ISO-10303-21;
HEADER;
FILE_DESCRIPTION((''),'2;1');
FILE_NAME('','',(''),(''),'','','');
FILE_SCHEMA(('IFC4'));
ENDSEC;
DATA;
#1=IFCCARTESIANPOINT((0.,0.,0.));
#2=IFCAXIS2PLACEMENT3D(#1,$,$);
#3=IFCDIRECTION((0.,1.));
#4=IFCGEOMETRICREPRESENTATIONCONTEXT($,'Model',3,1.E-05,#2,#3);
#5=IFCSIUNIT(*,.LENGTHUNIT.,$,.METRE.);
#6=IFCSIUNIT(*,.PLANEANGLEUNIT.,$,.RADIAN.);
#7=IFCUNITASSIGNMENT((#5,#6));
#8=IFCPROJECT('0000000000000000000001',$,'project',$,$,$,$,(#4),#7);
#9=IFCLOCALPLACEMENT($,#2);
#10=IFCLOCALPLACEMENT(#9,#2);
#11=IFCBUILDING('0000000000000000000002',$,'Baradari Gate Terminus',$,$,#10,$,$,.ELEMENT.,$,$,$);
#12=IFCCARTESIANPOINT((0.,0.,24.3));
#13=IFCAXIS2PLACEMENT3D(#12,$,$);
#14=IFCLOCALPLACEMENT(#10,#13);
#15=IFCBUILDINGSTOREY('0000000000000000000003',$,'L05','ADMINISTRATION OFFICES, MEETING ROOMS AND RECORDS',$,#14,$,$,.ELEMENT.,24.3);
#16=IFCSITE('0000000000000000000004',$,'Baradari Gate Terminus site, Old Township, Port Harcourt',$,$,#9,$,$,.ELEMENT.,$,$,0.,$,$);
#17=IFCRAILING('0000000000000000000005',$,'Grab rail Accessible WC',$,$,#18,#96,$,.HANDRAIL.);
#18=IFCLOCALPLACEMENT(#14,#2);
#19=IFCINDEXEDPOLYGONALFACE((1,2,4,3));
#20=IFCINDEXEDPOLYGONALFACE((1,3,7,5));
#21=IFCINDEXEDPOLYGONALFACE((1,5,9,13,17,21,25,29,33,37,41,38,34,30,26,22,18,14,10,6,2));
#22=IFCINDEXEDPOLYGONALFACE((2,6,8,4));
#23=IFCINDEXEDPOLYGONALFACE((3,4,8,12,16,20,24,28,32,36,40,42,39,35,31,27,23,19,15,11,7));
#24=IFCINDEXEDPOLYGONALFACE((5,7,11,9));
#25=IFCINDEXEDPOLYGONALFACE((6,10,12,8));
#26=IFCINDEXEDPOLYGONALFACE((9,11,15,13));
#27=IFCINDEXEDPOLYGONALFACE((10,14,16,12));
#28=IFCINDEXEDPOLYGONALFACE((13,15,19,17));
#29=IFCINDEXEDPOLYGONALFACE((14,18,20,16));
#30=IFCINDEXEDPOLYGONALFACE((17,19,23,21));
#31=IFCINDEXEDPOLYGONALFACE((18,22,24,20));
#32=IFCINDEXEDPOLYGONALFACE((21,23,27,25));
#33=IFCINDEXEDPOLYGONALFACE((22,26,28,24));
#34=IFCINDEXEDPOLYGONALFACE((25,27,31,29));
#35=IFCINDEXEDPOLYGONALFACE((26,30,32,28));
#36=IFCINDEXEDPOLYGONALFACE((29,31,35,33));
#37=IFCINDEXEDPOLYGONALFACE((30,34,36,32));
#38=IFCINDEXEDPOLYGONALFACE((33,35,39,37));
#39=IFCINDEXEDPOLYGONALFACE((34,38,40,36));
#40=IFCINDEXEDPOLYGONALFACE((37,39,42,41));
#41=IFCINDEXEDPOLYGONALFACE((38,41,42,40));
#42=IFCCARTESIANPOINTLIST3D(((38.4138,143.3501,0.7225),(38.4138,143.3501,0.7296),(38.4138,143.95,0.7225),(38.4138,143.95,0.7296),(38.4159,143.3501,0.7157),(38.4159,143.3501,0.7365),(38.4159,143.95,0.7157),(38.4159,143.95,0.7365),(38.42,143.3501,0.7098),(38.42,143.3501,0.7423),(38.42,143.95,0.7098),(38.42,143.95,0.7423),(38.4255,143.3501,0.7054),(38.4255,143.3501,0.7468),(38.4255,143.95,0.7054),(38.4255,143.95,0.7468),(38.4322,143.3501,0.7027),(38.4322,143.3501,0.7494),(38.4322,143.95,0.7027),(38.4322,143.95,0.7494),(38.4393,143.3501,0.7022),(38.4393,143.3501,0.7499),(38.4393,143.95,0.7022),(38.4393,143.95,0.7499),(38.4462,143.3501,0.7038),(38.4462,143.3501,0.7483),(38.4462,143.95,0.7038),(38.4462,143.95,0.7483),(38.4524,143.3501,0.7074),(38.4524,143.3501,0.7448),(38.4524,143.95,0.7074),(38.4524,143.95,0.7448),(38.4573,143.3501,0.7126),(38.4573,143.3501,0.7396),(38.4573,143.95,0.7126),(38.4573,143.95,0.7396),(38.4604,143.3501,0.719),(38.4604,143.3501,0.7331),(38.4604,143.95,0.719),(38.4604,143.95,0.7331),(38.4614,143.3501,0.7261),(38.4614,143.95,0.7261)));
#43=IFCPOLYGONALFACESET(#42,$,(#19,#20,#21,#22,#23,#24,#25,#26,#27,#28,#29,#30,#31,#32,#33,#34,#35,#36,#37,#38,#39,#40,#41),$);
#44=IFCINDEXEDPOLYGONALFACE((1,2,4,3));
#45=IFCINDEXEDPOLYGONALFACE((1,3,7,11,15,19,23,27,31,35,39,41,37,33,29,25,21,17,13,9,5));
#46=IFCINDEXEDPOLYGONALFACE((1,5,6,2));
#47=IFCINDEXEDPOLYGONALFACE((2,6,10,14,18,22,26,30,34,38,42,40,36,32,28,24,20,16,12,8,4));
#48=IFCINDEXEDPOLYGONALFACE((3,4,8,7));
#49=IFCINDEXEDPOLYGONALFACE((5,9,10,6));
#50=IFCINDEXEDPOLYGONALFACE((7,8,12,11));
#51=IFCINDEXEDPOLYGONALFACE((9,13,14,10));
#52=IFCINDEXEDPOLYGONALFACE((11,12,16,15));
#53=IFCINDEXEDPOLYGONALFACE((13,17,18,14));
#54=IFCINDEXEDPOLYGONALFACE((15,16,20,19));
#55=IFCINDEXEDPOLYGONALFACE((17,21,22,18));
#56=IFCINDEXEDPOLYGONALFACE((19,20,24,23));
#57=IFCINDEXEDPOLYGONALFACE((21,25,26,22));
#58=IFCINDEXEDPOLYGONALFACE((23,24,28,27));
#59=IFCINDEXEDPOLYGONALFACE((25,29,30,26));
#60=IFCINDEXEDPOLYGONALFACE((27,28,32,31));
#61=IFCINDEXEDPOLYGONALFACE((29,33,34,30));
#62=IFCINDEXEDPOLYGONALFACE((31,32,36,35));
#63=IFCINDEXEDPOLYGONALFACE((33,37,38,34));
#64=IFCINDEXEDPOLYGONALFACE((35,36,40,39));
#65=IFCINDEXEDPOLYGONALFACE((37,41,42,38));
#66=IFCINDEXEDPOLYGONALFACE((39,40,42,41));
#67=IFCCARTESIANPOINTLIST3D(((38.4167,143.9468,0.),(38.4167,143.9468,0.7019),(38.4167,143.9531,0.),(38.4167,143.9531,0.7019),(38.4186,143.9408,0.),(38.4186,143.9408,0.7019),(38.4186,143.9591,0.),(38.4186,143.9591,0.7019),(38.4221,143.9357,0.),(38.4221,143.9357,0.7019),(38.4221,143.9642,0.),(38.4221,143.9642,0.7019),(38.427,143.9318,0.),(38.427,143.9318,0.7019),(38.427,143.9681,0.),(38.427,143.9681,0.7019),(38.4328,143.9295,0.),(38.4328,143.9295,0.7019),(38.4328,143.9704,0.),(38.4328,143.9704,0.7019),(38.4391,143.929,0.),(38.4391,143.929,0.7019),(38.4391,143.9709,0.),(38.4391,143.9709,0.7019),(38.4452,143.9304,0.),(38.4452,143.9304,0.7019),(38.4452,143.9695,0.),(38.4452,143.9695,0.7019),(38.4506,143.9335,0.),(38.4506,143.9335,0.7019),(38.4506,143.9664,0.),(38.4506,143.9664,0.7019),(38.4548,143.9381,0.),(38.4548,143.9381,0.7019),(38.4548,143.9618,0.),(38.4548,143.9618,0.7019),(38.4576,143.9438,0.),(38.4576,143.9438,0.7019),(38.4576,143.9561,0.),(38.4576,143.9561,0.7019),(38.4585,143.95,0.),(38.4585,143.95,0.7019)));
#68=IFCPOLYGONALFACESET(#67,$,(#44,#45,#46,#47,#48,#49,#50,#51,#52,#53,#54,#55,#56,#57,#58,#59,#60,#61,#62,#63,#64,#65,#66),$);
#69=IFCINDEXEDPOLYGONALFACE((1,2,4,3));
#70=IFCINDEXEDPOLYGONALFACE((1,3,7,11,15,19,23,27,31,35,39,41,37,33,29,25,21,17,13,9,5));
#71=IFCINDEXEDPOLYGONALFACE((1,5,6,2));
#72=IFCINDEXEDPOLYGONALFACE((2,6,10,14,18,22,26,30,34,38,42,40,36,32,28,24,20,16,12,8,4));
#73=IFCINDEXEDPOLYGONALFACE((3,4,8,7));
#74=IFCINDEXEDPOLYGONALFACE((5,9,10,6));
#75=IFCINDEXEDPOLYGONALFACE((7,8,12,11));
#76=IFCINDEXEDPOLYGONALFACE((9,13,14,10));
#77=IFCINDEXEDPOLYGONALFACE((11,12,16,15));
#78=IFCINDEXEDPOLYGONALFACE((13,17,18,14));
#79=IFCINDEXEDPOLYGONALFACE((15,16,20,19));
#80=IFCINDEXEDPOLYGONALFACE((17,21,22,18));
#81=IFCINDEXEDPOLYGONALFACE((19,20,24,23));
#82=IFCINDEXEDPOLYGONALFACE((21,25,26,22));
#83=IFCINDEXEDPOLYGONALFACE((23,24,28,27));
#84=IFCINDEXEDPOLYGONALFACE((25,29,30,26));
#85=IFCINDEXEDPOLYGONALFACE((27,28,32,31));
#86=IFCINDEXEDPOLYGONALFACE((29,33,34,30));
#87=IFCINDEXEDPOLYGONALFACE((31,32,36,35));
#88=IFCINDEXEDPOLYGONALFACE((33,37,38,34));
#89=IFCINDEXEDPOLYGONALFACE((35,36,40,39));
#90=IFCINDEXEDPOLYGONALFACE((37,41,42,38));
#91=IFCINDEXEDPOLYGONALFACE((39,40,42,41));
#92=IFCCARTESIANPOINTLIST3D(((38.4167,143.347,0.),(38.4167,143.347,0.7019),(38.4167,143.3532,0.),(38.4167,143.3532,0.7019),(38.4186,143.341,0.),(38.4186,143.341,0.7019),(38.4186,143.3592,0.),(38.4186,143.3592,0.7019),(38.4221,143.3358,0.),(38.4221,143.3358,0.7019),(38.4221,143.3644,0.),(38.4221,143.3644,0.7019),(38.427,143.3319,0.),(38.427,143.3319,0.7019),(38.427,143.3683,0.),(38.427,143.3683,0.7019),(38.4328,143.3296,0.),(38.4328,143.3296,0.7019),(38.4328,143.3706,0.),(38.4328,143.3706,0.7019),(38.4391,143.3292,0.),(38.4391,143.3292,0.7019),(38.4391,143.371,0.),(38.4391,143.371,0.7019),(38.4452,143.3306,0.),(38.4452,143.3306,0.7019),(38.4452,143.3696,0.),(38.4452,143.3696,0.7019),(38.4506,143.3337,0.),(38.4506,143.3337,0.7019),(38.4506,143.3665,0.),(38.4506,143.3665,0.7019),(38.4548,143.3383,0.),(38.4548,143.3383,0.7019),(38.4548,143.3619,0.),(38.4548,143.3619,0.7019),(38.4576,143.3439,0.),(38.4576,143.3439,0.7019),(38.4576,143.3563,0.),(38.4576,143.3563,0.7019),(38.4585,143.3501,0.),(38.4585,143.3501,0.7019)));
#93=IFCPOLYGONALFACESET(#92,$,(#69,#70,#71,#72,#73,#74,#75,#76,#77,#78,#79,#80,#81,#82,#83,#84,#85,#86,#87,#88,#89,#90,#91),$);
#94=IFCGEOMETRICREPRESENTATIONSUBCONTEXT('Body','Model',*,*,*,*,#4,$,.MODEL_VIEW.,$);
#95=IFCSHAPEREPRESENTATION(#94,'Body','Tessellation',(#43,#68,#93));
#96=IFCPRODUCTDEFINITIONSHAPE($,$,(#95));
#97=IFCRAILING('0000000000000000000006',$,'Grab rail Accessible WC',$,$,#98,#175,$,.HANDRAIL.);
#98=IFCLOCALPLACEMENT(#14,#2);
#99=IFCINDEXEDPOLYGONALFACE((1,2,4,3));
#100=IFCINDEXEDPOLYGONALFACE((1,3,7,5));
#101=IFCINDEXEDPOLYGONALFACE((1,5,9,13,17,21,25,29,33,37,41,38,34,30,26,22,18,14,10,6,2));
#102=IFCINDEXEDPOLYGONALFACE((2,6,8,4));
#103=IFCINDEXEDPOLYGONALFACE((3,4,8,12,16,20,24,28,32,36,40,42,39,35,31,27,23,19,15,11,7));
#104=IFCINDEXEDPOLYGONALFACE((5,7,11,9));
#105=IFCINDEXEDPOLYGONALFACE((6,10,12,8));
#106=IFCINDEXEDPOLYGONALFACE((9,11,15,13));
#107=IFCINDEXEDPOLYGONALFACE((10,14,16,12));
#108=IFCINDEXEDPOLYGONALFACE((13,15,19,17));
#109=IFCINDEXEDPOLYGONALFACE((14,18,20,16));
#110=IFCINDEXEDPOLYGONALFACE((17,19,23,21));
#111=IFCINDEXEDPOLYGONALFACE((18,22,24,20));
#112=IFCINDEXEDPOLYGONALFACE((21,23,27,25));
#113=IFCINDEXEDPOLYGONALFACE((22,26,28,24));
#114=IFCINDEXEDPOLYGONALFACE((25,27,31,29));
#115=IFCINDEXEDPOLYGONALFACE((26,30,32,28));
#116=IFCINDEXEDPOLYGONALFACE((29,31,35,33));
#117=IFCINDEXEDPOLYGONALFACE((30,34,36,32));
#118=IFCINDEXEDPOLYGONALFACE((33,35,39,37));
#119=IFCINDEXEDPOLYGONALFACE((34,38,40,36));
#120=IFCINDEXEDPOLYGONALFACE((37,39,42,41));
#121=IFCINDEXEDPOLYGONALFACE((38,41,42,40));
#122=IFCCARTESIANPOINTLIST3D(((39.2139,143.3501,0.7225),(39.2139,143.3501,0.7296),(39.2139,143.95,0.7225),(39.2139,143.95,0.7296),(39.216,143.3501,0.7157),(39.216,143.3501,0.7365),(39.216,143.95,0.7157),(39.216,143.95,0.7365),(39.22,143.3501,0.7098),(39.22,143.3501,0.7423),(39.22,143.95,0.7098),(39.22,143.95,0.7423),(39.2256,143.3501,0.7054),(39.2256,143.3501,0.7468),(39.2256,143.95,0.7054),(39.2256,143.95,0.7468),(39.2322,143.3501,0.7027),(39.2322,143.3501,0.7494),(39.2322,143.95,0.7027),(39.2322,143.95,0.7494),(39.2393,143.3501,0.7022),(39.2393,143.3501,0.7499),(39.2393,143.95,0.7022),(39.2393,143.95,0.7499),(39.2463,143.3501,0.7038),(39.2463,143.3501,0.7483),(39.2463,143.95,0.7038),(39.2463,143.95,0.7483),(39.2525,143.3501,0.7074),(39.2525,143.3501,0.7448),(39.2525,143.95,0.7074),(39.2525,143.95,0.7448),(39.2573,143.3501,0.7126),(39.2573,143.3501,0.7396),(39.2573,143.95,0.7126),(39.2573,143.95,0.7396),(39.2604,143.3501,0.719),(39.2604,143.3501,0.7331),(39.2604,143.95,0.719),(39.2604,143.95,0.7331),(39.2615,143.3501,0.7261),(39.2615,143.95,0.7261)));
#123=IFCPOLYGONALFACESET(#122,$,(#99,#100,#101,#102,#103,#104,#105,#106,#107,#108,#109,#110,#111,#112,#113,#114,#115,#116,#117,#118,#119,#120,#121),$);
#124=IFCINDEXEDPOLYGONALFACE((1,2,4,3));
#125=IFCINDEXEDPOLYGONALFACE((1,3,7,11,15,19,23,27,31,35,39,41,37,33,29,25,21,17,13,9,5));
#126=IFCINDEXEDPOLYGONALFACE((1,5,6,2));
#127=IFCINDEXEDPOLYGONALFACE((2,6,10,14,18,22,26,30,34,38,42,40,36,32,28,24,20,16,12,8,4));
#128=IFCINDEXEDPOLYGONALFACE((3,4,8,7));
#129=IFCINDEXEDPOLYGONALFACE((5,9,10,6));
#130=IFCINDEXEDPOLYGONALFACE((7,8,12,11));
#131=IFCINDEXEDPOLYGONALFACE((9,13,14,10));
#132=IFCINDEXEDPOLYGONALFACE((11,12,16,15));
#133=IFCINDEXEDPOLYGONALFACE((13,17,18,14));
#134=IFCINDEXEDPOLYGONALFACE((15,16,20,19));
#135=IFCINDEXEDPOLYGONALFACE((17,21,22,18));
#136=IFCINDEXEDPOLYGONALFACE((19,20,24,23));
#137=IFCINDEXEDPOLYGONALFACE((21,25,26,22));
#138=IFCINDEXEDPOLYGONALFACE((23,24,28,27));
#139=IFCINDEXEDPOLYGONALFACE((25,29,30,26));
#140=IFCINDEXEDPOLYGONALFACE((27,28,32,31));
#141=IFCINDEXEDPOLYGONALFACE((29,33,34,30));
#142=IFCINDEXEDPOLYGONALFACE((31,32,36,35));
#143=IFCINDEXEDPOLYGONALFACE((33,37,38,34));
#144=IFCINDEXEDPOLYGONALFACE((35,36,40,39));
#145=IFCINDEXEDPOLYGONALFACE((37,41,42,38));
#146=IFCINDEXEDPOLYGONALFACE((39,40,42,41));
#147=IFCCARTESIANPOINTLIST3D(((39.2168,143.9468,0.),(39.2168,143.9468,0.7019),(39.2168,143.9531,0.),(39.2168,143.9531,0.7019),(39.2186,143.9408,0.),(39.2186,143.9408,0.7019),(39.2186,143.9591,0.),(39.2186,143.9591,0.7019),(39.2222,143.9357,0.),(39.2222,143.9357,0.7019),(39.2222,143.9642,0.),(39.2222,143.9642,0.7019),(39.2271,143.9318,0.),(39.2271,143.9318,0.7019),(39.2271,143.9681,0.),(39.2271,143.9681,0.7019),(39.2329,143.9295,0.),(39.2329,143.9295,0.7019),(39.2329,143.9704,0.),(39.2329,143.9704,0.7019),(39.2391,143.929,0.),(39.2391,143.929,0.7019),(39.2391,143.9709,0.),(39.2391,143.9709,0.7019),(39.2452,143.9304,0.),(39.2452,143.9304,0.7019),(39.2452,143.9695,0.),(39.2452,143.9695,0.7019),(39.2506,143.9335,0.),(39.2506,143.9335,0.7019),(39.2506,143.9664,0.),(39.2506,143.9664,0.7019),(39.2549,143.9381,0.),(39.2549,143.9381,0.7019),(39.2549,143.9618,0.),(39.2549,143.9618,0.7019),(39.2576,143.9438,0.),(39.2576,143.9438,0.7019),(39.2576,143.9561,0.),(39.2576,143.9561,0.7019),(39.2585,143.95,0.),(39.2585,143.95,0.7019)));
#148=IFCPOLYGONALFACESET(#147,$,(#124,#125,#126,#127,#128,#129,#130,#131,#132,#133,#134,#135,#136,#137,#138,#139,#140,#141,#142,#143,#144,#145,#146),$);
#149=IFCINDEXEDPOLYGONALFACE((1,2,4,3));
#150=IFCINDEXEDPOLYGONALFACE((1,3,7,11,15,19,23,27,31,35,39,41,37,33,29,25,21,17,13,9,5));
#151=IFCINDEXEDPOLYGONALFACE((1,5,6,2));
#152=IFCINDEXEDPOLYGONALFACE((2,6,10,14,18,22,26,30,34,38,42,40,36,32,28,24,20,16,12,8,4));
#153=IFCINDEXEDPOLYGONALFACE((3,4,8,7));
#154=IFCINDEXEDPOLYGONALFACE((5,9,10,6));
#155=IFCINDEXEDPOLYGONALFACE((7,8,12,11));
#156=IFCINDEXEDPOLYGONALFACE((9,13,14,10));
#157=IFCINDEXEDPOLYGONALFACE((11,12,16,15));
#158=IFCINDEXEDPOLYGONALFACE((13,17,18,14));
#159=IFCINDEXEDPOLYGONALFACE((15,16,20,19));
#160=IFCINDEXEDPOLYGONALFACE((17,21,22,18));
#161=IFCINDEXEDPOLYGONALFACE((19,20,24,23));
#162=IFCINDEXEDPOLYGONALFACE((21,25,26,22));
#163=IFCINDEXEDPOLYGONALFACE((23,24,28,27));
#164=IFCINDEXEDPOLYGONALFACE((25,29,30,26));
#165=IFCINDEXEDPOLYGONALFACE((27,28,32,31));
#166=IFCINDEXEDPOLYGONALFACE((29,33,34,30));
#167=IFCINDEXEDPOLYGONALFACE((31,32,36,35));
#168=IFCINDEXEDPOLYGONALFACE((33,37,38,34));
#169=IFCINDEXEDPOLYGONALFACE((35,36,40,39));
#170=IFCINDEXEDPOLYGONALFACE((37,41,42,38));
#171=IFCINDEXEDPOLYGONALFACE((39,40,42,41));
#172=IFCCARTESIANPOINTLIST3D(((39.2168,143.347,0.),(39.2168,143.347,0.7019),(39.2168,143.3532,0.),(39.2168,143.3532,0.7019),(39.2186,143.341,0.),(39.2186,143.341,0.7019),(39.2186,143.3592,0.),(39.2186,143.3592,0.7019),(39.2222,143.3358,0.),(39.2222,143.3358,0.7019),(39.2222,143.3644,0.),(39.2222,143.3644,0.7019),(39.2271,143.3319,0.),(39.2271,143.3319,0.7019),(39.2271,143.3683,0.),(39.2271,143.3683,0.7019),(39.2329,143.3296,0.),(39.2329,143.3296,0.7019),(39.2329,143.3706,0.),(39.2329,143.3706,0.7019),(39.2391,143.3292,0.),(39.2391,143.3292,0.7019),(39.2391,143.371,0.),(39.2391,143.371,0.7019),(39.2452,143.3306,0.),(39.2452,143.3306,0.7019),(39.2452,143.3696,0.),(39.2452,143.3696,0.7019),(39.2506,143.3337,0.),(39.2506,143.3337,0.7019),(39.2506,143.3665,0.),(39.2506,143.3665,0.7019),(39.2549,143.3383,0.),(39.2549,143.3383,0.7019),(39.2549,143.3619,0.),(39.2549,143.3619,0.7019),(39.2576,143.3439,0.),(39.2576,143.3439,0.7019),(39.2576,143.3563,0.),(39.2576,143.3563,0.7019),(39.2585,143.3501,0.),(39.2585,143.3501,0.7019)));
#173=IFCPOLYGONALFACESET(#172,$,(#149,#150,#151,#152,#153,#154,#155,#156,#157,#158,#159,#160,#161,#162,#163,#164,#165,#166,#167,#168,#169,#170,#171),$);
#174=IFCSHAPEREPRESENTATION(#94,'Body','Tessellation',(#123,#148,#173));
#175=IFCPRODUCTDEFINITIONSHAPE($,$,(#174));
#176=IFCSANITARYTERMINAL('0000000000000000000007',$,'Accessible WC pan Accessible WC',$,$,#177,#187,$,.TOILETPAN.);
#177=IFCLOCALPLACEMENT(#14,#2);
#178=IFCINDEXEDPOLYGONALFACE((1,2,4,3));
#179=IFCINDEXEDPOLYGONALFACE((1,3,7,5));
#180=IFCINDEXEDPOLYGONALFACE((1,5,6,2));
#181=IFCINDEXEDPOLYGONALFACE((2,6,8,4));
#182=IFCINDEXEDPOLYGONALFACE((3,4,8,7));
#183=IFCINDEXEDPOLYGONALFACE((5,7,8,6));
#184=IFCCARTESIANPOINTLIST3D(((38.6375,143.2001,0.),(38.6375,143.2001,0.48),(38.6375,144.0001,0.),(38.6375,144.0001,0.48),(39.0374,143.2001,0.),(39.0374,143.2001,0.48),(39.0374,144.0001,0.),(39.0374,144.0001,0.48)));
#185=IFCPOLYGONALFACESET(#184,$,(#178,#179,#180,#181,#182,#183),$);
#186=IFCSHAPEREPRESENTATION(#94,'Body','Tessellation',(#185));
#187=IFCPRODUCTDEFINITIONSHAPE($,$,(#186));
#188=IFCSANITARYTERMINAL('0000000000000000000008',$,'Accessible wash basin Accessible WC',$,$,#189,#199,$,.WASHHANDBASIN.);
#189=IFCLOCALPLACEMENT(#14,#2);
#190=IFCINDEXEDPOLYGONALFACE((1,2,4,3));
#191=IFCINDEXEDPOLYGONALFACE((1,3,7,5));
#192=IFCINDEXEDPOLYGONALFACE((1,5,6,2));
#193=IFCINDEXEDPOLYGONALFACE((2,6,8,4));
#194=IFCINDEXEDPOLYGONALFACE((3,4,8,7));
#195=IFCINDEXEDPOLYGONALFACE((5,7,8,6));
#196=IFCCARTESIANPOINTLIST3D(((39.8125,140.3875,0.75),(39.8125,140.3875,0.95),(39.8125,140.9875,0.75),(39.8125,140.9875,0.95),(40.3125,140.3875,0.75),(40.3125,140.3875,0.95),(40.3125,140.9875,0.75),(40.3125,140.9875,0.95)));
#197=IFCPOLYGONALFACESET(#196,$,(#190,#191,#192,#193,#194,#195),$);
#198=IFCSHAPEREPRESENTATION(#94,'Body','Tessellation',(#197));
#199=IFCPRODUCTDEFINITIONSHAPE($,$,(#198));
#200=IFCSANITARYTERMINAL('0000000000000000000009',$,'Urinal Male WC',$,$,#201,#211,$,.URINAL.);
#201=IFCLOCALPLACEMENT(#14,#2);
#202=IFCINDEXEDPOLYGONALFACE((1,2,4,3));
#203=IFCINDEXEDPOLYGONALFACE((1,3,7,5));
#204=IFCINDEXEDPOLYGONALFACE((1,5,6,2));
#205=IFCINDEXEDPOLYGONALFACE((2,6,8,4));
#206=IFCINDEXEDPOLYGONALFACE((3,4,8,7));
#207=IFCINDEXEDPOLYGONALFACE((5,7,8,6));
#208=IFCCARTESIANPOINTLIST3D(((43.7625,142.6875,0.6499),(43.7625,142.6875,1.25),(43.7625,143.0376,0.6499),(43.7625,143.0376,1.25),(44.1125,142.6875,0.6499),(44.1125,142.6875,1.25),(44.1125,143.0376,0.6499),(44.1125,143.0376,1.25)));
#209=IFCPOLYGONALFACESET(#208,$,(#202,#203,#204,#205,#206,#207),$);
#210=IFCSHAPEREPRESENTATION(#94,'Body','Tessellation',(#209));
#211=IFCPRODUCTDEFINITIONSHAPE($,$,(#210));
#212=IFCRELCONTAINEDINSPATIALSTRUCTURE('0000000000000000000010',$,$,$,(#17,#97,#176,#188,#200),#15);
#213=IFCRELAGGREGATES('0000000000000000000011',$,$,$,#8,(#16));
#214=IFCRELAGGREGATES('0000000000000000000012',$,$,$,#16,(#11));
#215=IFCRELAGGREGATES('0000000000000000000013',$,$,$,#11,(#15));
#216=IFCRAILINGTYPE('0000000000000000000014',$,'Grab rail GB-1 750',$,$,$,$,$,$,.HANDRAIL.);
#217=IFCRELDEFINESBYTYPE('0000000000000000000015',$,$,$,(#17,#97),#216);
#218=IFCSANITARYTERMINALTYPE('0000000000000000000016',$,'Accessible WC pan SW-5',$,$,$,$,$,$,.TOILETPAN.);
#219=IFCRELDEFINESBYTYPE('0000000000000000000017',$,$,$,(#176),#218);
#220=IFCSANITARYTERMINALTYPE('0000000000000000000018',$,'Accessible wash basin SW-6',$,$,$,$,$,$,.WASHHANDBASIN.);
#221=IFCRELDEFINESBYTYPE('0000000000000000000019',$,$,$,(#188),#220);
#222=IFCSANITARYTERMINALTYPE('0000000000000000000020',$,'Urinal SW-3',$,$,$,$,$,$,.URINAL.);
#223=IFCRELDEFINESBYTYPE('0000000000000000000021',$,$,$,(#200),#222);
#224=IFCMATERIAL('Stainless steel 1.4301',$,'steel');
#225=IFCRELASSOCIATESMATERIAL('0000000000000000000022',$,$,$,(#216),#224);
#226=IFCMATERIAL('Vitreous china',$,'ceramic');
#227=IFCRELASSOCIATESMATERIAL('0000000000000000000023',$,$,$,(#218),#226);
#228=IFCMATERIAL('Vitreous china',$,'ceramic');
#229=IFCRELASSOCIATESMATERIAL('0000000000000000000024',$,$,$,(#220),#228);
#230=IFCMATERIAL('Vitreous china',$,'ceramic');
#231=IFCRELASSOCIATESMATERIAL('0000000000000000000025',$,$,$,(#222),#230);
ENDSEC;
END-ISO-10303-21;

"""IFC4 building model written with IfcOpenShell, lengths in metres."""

from ifc_helpers import new_model, si_unit, direction, frame, origin, origin_2d, place, context, subcontext, project, spatial, rectangle, circle, extrude, material, type_object, element, save


model = new_model("IFC4")

# Units and contexts
model_context = context("Model", 3, precision=1e-05, world=origin(), true_north=direction((0.0, 1.0)))
body_context = subcontext(model_context, "Body", "Model", "MODEL_VIEW")
ifc_project = project(units=[si_unit("LENGTHUNIT", "METRE"), si_unit("PLANEANGLEUNIT", "RADIAN")], contexts=[model_context])

# Site, building, storey
site_placement = place(None, origin())
site = spatial("IfcSite", under=ifc_project, at=site_placement, Name="Baradari Gate Terminus site, Old Township, Port Harcourt", CompositionType="ELEMENT", RefElevation=0.0)
building_placement = place(site_placement, origin())
building = spatial("IfcBuilding", under=site, at=building_placement, Name="Baradari Gate Terminus", CompositionType="ELEMENT")
storey_placement = place(building_placement, frame((0.0, 0.0, 24.3)))
storey = spatial("IfcBuildingStorey", under=building, at=storey_placement, Name="L05", Description="ADMINISTRATION OFFICES, MEETING ROOMS AND RECORDS", CompositionType="ELEMENT", Elevation=24.3)

# Railings
ifc_material_1 = material(Name="Stainless steel 1.4301", Category="steel")
railing_type = type_object("IfcRailingType", Name="Grab rail GB-1 750", PredefinedType="HANDRAIL", material=ifc_material_1)
for number, where, name in (
    (1, (38.4375, 143.95, 0.0), "Grab rail Accessible WC"),
    (2, (39.2375, 143.95, 0.0), "Grab rail Accessible WC"),
):
    element("IfcRailing", number, at=place(storey_placement, frame(where)), inside=storey, type_object=railing_type, Name=name, PredefinedType="HANDRAIL", context=body_context, shape_type="SweptSolid", body=[
        extrude(circle(Radius=0.0239, at=origin_2d()), frame((0.0, 0.0, 0.7261), z_axis=(0.0, -1.0, 0.0), x_axis=(1.0, 0.0, 0.0)), (0.0, 0.0, 1.0), 0.5999),
        extrude(circle(Radius=0.021, at=origin_2d()), origin(), (0.0, 0.0, 1.0), 0.7019),
        extrude(circle(Radius=0.021, at=origin_2d()), frame((0.0, -0.5999, 0.0)), (0.0, 0.0, 1.0), 0.7019),
    ])

# Sanitary terminals
ifc_material_2 = material(Name="Vitreous china", Category="ceramic")
sanitary_terminal_type_1 = type_object("IfcSanitaryTerminalType", Name="Accessible WC pan SW-5", PredefinedType="TOILETPAN", material=ifc_material_2)
sanitary_terminal_1_placement = place(storey_placement, frame((38.8374, 143.6001, 0.0), z_axis=(0.0, 0.0, 1.0), x_axis=(1.0, 0.0, 0.0)))
element("IfcSanitaryTerminal", 3, at=sanitary_terminal_1_placement, inside=storey, type_object=sanitary_terminal_type_1, Name="Accessible WC pan Accessible WC", PredefinedType="TOILETPAN", context=body_context, shape_type="SweptSolid", body=[
    extrude(rectangle(XDim=0.3999, YDim=0.8, at=origin_2d()), origin(), (0.0, 0.0, 1.0), 0.48),
])
ifc_material_3 = material(Name="Vitreous china", Category="ceramic")
sanitary_terminal_type_2 = type_object("IfcSanitaryTerminalType", Name="Accessible wash basin SW-6", PredefinedType="WASHHANDBASIN", material=ifc_material_3)
sanitary_terminal_2_placement = place(storey_placement, frame((40.0625, 140.6875, 0.75), z_axis=(0.0, 0.0, 1.0), x_axis=(1.0, 0.0, 0.0)))
element("IfcSanitaryTerminal", 4, at=sanitary_terminal_2_placement, inside=storey, type_object=sanitary_terminal_type_2, Name="Accessible wash basin Accessible WC", PredefinedType="WASHHANDBASIN", context=body_context, shape_type="SweptSolid", body=[
    extrude(rectangle(XDim=0.5, YDim=0.6001, at=origin_2d()), origin(), (0.0, 0.0, 1.0), 0.2),
])
ifc_material_4 = material(Name="Vitreous china", Category="ceramic")
sanitary_terminal_type_3 = type_object("IfcSanitaryTerminalType", Name="Urinal SW-3", PredefinedType="URINAL", material=ifc_material_4)
sanitary_terminal_3_placement = place(storey_placement, frame((43.9375, 142.8625, 0.6499), z_axis=(0.0, 0.0, 1.0), x_axis=(1.0, 0.0, 0.0)))
element("IfcSanitaryTerminal", 5, at=sanitary_terminal_3_placement, inside=storey, type_object=sanitary_terminal_type_3, Name="Urinal Male WC", PredefinedType="URINAL", context=body_context, shape_type="SweptSolid", body=[
    extrude(rectangle(XDim=0.3501, YDim=0.3501, at=origin_2d()), origin(), (0.0, 0.0, 1.0), 0.6001),
])

save(model, "model.ifc")
